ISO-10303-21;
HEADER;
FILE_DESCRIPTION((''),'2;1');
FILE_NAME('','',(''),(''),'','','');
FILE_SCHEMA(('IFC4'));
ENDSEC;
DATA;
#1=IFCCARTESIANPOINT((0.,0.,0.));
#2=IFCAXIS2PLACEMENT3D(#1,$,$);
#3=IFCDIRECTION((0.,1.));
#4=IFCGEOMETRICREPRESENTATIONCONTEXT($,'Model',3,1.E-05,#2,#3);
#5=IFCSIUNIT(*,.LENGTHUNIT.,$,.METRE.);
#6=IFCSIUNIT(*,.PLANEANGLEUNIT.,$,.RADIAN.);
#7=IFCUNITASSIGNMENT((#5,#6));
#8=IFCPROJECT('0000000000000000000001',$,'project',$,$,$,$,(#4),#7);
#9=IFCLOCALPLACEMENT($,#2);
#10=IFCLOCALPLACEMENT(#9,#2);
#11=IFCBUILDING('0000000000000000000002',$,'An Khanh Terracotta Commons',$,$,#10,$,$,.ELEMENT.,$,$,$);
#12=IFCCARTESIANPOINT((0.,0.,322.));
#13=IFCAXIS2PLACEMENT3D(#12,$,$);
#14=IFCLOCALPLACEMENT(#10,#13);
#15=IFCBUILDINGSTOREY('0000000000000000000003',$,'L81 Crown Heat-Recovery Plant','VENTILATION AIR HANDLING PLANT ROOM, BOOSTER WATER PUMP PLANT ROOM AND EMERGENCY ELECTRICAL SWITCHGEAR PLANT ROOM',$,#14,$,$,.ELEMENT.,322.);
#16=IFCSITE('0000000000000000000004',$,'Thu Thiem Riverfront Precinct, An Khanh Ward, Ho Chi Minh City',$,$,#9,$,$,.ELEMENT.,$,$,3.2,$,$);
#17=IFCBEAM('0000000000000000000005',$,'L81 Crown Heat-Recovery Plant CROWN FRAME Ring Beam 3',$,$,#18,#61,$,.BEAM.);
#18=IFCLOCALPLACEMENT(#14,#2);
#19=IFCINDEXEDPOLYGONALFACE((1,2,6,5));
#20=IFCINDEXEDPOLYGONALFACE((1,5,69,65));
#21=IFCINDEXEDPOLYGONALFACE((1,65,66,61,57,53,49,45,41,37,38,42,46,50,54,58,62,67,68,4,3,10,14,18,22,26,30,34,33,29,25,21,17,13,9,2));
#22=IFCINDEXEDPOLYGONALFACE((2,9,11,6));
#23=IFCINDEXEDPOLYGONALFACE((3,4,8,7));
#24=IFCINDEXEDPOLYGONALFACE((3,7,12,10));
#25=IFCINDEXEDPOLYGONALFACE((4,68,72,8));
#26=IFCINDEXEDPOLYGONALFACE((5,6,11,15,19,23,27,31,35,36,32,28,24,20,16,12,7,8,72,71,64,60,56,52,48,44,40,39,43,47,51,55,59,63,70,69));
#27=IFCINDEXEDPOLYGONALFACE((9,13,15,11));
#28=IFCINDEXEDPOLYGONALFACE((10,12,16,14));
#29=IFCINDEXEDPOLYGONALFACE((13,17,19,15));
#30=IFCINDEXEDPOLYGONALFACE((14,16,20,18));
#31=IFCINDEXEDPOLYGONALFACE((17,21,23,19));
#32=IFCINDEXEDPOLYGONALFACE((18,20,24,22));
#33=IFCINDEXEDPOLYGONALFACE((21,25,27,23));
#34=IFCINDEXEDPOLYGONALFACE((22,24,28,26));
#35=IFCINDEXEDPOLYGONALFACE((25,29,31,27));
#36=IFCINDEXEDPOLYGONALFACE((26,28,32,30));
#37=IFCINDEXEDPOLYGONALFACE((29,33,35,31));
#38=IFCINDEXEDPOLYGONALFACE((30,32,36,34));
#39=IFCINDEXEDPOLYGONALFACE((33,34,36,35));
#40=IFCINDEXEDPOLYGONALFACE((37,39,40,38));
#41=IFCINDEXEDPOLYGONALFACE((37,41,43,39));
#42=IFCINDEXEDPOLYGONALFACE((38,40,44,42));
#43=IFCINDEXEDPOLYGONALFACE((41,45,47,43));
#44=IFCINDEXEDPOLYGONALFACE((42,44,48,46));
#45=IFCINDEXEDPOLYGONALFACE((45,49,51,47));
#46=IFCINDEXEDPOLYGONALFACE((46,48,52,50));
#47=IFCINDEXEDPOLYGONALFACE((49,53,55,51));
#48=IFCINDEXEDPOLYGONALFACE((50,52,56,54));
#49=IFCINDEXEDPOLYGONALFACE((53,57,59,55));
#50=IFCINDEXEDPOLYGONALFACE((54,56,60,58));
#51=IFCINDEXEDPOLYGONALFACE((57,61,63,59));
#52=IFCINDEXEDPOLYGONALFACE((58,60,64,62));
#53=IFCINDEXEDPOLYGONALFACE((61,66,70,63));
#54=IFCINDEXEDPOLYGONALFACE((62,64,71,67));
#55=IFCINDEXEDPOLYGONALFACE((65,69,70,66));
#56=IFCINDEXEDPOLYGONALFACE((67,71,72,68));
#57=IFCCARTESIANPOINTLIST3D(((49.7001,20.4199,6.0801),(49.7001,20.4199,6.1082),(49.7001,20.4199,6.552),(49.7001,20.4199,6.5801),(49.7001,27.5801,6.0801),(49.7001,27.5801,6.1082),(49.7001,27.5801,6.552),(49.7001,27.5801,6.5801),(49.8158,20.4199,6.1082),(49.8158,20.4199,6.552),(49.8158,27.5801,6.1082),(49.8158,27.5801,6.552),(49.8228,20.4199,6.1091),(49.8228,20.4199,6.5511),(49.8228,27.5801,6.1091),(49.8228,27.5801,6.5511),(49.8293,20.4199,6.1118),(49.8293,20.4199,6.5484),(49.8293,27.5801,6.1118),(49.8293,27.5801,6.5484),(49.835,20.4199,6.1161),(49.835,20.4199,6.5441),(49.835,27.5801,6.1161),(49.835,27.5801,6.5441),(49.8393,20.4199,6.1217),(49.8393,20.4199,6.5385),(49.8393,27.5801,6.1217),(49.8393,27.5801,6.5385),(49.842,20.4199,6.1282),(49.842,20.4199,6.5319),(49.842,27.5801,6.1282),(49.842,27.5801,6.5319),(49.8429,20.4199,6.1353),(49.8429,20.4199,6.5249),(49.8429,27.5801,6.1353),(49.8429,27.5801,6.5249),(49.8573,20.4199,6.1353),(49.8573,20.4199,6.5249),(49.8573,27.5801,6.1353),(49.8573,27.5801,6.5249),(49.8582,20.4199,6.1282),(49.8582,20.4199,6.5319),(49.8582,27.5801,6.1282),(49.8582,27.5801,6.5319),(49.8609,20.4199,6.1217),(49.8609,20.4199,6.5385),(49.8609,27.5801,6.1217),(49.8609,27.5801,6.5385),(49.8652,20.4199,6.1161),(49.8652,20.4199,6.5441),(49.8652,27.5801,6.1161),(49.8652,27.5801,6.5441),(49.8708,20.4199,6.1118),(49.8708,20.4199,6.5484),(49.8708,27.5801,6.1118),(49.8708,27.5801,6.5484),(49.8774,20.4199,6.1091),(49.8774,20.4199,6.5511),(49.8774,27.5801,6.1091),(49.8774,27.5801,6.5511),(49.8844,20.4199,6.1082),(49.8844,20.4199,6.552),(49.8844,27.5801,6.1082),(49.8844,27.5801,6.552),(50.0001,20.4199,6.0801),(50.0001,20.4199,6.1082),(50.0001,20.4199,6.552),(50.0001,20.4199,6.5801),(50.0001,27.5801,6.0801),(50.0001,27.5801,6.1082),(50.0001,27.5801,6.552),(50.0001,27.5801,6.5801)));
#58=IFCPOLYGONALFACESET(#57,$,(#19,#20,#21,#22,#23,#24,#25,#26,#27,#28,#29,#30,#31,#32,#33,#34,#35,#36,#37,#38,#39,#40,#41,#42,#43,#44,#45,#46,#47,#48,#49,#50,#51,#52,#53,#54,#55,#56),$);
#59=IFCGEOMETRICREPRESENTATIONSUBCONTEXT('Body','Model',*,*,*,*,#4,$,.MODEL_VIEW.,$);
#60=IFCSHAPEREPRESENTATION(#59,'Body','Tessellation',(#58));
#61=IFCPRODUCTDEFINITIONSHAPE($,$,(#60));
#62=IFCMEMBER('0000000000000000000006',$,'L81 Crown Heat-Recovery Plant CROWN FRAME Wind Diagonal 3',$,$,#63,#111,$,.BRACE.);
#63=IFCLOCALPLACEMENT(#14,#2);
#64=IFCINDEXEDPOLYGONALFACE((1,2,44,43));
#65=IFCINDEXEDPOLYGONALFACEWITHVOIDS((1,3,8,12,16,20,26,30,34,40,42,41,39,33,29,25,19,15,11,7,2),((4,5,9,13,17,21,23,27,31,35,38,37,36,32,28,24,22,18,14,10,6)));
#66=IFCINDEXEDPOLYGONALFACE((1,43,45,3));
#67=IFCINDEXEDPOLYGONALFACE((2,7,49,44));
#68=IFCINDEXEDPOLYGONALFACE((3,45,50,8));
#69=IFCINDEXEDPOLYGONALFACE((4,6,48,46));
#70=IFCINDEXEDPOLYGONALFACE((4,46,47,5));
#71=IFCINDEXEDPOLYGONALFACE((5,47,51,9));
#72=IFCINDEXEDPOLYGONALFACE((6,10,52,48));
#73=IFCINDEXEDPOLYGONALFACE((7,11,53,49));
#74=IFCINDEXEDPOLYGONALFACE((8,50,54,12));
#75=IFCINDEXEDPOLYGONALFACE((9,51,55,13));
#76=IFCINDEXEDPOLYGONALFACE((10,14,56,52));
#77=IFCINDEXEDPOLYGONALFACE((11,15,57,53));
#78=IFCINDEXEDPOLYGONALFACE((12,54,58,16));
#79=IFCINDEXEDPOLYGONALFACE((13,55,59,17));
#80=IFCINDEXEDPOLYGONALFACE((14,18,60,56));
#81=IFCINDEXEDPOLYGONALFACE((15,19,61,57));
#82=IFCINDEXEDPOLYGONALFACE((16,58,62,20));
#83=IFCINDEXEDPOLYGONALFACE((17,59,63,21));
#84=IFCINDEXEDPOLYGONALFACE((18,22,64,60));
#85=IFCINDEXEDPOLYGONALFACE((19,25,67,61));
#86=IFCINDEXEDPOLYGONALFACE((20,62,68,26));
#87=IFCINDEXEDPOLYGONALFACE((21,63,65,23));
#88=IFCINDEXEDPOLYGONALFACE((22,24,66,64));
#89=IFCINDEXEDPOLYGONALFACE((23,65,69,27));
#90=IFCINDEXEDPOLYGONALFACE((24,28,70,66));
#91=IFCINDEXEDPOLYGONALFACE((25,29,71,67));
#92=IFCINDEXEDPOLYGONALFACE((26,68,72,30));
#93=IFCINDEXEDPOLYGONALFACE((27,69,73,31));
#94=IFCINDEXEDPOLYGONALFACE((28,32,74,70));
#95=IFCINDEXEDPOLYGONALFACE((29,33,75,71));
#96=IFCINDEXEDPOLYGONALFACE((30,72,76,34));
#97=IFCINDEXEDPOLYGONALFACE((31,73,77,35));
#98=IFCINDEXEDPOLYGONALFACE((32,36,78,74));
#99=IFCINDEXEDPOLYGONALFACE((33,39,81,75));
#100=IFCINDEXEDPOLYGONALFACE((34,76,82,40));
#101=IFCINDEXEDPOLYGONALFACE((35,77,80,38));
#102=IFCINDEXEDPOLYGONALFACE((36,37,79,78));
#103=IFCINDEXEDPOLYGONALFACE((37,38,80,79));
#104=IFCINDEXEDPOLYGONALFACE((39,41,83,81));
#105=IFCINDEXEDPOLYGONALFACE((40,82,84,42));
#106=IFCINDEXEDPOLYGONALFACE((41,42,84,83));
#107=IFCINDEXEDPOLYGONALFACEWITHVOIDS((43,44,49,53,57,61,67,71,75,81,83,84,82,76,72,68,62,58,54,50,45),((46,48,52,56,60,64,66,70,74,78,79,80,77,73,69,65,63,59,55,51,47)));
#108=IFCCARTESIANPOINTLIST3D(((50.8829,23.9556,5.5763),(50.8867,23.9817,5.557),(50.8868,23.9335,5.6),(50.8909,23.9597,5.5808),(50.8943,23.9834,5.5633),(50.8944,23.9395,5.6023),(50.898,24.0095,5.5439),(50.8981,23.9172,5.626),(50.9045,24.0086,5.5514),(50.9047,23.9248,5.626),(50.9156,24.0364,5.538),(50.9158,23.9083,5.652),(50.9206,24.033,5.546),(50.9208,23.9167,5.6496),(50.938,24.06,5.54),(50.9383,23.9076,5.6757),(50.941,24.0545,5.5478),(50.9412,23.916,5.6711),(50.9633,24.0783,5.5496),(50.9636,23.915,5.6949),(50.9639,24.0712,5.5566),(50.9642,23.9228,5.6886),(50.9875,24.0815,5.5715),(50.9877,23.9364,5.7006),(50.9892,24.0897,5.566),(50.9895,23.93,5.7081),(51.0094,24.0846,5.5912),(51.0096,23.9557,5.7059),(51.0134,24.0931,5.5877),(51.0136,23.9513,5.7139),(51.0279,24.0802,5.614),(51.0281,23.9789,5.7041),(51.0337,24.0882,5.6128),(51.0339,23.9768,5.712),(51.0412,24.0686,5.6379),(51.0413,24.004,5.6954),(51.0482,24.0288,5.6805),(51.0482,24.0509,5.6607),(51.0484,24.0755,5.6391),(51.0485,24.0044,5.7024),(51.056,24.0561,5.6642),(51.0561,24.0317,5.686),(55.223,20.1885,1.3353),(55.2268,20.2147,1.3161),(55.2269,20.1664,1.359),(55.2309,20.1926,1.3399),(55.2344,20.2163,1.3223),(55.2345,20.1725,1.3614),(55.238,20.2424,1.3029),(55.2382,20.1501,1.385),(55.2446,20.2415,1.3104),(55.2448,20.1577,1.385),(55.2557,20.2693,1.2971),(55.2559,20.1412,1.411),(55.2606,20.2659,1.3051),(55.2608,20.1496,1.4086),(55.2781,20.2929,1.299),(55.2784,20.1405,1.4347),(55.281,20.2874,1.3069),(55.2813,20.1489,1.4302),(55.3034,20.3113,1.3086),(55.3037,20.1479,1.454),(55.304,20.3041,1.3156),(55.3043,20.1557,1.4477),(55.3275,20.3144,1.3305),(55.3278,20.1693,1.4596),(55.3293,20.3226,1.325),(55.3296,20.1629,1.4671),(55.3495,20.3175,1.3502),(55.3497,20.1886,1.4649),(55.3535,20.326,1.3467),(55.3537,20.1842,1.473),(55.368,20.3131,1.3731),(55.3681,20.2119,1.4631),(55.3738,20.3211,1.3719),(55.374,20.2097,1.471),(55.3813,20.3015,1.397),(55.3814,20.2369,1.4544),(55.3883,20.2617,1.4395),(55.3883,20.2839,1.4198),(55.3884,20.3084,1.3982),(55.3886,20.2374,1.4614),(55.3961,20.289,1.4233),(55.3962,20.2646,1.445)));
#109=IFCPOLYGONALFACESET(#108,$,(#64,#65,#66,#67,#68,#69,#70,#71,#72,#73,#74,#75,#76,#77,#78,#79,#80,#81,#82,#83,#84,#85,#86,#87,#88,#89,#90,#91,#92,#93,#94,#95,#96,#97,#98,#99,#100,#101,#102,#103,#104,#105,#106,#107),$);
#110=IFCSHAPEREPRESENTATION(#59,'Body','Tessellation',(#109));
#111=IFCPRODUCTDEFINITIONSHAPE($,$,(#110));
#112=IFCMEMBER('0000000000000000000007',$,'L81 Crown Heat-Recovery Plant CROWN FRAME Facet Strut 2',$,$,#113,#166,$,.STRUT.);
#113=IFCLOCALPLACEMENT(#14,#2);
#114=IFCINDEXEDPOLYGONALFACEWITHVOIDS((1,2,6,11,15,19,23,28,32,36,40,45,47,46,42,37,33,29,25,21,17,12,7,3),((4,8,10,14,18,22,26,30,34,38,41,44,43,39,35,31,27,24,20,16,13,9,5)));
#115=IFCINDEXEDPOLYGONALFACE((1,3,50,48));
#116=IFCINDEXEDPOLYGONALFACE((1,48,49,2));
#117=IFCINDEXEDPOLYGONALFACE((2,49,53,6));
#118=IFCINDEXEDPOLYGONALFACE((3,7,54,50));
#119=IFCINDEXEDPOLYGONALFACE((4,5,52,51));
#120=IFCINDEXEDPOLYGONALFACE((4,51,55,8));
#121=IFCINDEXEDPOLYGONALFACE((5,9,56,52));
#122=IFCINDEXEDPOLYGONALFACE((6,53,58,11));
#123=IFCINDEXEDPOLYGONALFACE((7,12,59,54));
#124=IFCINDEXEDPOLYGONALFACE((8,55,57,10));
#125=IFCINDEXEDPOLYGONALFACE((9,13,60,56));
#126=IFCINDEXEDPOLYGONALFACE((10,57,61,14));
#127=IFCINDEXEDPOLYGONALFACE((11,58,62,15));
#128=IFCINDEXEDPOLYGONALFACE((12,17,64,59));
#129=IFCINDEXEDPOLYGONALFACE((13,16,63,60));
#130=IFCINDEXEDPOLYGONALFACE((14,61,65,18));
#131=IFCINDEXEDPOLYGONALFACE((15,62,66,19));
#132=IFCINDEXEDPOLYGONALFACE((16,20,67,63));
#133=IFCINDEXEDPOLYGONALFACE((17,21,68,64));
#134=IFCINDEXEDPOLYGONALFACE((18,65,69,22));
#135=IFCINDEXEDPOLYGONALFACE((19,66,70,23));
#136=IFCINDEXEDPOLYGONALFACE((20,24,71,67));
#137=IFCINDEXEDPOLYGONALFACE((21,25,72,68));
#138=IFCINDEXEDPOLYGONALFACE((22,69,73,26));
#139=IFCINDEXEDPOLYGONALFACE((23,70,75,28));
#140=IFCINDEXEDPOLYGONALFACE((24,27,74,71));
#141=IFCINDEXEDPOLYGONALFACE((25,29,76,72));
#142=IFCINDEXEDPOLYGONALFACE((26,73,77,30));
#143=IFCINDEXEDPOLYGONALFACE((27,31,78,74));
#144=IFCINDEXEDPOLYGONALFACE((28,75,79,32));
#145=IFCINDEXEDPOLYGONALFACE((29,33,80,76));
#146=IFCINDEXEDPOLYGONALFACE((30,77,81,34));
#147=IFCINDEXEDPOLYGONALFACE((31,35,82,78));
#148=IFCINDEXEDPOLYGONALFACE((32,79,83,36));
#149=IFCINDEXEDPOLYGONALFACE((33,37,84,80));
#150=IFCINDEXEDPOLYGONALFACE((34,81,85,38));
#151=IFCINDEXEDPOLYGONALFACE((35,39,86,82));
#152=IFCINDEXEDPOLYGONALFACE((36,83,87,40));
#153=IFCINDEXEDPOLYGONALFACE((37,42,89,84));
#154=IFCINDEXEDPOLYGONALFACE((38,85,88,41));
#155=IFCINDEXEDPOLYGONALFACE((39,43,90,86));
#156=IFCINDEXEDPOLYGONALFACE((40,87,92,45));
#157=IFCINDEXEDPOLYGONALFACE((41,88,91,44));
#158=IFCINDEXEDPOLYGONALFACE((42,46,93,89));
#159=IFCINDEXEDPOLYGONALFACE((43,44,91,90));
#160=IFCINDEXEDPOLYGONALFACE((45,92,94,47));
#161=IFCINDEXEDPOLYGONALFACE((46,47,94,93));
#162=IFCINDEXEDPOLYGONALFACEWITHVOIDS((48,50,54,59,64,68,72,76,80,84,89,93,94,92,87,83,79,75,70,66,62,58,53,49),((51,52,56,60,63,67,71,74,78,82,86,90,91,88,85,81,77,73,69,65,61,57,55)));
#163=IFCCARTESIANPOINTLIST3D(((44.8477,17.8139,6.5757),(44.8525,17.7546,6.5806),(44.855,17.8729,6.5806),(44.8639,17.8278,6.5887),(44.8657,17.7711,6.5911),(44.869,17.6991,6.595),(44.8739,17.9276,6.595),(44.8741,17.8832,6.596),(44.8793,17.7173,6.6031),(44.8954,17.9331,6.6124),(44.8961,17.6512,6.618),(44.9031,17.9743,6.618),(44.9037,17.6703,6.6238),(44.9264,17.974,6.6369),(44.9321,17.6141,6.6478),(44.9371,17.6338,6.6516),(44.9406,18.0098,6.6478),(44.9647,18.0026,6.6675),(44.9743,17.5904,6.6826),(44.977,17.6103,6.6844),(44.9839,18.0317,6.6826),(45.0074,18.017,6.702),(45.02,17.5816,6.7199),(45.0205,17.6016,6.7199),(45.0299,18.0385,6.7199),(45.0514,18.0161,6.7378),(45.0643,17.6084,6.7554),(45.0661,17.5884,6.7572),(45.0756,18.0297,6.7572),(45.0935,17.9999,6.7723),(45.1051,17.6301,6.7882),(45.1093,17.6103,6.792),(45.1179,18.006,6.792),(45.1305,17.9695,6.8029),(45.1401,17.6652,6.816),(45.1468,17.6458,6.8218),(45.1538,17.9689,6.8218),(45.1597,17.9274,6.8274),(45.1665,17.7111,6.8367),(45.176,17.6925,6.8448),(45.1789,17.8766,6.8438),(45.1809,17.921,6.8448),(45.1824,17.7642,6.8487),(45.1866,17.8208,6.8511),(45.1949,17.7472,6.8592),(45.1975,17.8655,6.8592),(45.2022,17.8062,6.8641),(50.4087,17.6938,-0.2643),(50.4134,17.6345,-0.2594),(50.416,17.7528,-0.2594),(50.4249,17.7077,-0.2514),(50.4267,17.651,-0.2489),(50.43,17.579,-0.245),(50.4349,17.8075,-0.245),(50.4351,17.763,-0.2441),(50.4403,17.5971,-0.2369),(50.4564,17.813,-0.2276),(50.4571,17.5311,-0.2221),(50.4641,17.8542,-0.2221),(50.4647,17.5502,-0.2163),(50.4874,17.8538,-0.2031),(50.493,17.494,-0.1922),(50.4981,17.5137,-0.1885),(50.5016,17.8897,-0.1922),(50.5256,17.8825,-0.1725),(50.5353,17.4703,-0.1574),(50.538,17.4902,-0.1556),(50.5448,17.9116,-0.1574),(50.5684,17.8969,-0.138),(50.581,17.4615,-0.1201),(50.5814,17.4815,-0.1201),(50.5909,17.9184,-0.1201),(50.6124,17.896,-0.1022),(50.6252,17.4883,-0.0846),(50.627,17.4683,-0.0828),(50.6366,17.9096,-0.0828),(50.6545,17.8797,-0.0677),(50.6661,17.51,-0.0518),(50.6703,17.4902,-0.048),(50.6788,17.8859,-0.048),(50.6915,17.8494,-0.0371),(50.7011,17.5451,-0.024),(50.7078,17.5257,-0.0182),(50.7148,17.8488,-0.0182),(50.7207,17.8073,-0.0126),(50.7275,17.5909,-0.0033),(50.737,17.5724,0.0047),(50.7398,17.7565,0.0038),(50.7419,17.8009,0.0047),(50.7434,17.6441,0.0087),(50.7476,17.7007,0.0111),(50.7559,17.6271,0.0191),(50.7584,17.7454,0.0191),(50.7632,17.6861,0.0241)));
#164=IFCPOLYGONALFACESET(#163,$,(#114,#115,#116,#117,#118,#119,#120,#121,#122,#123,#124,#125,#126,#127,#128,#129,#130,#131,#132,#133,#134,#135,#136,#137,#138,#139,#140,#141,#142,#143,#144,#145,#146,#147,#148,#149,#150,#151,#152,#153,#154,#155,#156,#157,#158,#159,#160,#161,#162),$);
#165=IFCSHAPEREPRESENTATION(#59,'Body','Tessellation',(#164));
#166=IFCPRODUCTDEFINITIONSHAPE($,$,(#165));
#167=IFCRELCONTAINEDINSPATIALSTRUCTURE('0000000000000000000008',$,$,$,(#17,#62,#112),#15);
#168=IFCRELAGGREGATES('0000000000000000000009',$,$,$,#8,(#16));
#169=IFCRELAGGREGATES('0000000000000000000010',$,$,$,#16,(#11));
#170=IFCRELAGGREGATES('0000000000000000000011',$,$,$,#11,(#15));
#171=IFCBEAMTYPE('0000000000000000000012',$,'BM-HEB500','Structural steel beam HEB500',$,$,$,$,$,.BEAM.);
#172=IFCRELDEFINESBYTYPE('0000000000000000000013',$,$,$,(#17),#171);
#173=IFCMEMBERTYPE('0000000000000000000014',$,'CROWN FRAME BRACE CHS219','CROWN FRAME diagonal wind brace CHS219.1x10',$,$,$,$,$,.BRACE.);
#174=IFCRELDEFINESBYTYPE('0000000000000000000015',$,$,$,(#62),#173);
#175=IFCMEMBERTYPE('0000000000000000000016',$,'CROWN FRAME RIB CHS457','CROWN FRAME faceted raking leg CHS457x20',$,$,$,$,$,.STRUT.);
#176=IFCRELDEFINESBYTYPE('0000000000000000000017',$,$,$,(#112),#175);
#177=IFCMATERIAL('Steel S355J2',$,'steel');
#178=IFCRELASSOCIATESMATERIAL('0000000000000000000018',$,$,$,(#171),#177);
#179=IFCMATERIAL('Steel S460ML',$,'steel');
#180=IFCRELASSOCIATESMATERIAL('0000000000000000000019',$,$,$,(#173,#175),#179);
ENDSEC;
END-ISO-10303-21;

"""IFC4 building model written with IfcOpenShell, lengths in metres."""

from ifc_helpers import new_model, si_unit, direction, frame, origin, origin_2d, place, context, subcontext, project, spatial, hollow_circle, i_section, extrude, material, material_profile, profile_set, type_object, element, save


model = new_model("IFC4")

# Units and contexts
model_context = context("Model", 3, precision=1e-05, world=origin(), true_north=direction((0.0, 1.0)))
body_context = subcontext(model_context, "Body", "Model", "MODEL_VIEW")
ifc_project = project(units=[si_unit("LENGTHUNIT", "METRE"), si_unit("PLANEANGLEUNIT", "RADIAN")], contexts=[model_context])

# Site, building, storey
site_placement = place(None, origin())
site = spatial("IfcSite", under=ifc_project, at=site_placement, Name="Thu Thiem Riverfront Precinct, An Khanh Ward, Ho Chi Minh City", CompositionType="ELEMENT", RefElevation=3.2)
building_placement = place(site_placement, origin())
building = spatial("IfcBuilding", under=site, at=building_placement, Name="An Khanh Terracotta Commons", CompositionType="ELEMENT")
storey_placement = place(building_placement, frame((0.0, 0.0, 322.0)))
storey = spatial("IfcBuildingStorey", under=building, at=storey_placement, Name="L81 Crown Heat-Recovery Plant", Description="VENTILATION AIR HANDLING PLANT ROOM, BOOSTER WATER PUMP PLANT ROOM AND EMERGENCY ELECTRICAL SWITCHGEAR PLANT ROOM", CompositionType="ELEMENT", Elevation=322.0)

# Beam
ifc_material_1 = material(Name="Steel S355J2", Category="steel")
ifc_material_profile_1 = material_profile(ifc_material_1, i_section(OverallWidth=0.3, OverallDepth=0.5, WebThickness=0.0144, FlangeThickness=0.0281, FilletRadius=0.0271, at=origin_2d()), Name="HEB500")
ifc_profile_set_1 = profile_set([ifc_material_profile_1], Name="Steel S355J2")
beam_type = type_object("IfcBeamType", Name="BM-HEB500", Description="Structural steel beam HEB500", PredefinedType="BEAM", material=ifc_profile_set_1)
beam_placement = place(storey_placement, frame((49.8501, 20.4199, 6.3301), z_axis=(0.0, 1.0, 0.0), x_axis=(-1.0, 0.0, 0.0)))
element("IfcBeam", 1, at=beam_placement, inside=storey, type_object=beam_type, Name="L81 Crown Heat-Recovery Plant CROWN FRAME Ring Beam 3", PredefinedType="BEAM", context=body_context, shape_type="SweptSolid", body=[
    extrude(i_section(OverallWidth=0.3, OverallDepth=0.5, WebThickness=0.0144, FlangeThickness=0.0281, FilletRadius=0.0271, at=origin_2d()), origin(), (0.0, 0.0, 1.0), 7.1602),
])

# Members
ifc_material_2 = material(Name="Steel S460ML", Category="steel")
ifc_material_profile_2 = material_profile(ifc_material_2, hollow_circle(Radius=0.1096, WallThickness=0.01, at=origin_2d()), Name="CHS219.1x10")
ifc_profile_set_2 = profile_set([ifc_material_profile_2], Name="Steel S460ML")
member_type_1 = type_object("IfcMemberType", Name="CROWN FRAME BRACE CHS219", Description="CROWN FRAME diagonal wind brace CHS219.1x10", PredefinedType="BRACE", material=ifc_profile_set_2)
member_1_placement = place(storey_placement, frame((55.3101, 20.2329, 1.385), z_axis=(-0.607656, 0.52743, 0.593778), x_axis=(-0.655495, -0.7552, 0.0)))
element("IfcMember", 2, at=member_1_placement, inside=storey, type_object=member_type_1, Name="L81 Crown Heat-Recovery Plant CROWN FRAME Wind Diagonal 3", PredefinedType="BRACE", context=body_context, shape_type="SweptSolid", body=[
    extrude(hollow_circle(Radius=0.1096, WallThickness=0.01, at=origin_2d()), origin(), (0.0, 0.0, 1.0), 7.1423),
])
ifc_material_profile_3 = material_profile(ifc_material_2, hollow_circle(Radius=0.2285, WallThickness=0.02, at=origin_2d()), Name="CHS457x20")
ifc_profile_set_3 = profile_set([ifc_material_profile_3], Name="Steel S460ML")
member_type_2 = type_object("IfcMemberType", Name="CROWN FRAME RIB CHS457", Description="CROWN FRAME faceted raking leg CHS457x20", PredefinedType="STRUT", material=ifc_profile_set_3)
member_2_placement = place(storey_placement, frame((50.5859, 17.6899, -0.1201), z_axis=(-0.630771, 0.013625, 0.77585), x_axis=(-0.021595, -0.999767, 0.0)))
element("IfcMember", 3, at=member_2_placement, inside=storey, type_object=member_type_2, Name="L81 Crown Heat-Recovery Plant CROWN FRAME Facet Strut 2", PredefinedType="STRUT", context=body_context, shape_type="SweptSolid", body=[
    extrude(hollow_circle(Radius=0.2285, WallThickness=0.02, at=origin_2d()), origin(), (0.0, 0.0, 1.0), 8.8162),
])

save(model, "model.ifc")
